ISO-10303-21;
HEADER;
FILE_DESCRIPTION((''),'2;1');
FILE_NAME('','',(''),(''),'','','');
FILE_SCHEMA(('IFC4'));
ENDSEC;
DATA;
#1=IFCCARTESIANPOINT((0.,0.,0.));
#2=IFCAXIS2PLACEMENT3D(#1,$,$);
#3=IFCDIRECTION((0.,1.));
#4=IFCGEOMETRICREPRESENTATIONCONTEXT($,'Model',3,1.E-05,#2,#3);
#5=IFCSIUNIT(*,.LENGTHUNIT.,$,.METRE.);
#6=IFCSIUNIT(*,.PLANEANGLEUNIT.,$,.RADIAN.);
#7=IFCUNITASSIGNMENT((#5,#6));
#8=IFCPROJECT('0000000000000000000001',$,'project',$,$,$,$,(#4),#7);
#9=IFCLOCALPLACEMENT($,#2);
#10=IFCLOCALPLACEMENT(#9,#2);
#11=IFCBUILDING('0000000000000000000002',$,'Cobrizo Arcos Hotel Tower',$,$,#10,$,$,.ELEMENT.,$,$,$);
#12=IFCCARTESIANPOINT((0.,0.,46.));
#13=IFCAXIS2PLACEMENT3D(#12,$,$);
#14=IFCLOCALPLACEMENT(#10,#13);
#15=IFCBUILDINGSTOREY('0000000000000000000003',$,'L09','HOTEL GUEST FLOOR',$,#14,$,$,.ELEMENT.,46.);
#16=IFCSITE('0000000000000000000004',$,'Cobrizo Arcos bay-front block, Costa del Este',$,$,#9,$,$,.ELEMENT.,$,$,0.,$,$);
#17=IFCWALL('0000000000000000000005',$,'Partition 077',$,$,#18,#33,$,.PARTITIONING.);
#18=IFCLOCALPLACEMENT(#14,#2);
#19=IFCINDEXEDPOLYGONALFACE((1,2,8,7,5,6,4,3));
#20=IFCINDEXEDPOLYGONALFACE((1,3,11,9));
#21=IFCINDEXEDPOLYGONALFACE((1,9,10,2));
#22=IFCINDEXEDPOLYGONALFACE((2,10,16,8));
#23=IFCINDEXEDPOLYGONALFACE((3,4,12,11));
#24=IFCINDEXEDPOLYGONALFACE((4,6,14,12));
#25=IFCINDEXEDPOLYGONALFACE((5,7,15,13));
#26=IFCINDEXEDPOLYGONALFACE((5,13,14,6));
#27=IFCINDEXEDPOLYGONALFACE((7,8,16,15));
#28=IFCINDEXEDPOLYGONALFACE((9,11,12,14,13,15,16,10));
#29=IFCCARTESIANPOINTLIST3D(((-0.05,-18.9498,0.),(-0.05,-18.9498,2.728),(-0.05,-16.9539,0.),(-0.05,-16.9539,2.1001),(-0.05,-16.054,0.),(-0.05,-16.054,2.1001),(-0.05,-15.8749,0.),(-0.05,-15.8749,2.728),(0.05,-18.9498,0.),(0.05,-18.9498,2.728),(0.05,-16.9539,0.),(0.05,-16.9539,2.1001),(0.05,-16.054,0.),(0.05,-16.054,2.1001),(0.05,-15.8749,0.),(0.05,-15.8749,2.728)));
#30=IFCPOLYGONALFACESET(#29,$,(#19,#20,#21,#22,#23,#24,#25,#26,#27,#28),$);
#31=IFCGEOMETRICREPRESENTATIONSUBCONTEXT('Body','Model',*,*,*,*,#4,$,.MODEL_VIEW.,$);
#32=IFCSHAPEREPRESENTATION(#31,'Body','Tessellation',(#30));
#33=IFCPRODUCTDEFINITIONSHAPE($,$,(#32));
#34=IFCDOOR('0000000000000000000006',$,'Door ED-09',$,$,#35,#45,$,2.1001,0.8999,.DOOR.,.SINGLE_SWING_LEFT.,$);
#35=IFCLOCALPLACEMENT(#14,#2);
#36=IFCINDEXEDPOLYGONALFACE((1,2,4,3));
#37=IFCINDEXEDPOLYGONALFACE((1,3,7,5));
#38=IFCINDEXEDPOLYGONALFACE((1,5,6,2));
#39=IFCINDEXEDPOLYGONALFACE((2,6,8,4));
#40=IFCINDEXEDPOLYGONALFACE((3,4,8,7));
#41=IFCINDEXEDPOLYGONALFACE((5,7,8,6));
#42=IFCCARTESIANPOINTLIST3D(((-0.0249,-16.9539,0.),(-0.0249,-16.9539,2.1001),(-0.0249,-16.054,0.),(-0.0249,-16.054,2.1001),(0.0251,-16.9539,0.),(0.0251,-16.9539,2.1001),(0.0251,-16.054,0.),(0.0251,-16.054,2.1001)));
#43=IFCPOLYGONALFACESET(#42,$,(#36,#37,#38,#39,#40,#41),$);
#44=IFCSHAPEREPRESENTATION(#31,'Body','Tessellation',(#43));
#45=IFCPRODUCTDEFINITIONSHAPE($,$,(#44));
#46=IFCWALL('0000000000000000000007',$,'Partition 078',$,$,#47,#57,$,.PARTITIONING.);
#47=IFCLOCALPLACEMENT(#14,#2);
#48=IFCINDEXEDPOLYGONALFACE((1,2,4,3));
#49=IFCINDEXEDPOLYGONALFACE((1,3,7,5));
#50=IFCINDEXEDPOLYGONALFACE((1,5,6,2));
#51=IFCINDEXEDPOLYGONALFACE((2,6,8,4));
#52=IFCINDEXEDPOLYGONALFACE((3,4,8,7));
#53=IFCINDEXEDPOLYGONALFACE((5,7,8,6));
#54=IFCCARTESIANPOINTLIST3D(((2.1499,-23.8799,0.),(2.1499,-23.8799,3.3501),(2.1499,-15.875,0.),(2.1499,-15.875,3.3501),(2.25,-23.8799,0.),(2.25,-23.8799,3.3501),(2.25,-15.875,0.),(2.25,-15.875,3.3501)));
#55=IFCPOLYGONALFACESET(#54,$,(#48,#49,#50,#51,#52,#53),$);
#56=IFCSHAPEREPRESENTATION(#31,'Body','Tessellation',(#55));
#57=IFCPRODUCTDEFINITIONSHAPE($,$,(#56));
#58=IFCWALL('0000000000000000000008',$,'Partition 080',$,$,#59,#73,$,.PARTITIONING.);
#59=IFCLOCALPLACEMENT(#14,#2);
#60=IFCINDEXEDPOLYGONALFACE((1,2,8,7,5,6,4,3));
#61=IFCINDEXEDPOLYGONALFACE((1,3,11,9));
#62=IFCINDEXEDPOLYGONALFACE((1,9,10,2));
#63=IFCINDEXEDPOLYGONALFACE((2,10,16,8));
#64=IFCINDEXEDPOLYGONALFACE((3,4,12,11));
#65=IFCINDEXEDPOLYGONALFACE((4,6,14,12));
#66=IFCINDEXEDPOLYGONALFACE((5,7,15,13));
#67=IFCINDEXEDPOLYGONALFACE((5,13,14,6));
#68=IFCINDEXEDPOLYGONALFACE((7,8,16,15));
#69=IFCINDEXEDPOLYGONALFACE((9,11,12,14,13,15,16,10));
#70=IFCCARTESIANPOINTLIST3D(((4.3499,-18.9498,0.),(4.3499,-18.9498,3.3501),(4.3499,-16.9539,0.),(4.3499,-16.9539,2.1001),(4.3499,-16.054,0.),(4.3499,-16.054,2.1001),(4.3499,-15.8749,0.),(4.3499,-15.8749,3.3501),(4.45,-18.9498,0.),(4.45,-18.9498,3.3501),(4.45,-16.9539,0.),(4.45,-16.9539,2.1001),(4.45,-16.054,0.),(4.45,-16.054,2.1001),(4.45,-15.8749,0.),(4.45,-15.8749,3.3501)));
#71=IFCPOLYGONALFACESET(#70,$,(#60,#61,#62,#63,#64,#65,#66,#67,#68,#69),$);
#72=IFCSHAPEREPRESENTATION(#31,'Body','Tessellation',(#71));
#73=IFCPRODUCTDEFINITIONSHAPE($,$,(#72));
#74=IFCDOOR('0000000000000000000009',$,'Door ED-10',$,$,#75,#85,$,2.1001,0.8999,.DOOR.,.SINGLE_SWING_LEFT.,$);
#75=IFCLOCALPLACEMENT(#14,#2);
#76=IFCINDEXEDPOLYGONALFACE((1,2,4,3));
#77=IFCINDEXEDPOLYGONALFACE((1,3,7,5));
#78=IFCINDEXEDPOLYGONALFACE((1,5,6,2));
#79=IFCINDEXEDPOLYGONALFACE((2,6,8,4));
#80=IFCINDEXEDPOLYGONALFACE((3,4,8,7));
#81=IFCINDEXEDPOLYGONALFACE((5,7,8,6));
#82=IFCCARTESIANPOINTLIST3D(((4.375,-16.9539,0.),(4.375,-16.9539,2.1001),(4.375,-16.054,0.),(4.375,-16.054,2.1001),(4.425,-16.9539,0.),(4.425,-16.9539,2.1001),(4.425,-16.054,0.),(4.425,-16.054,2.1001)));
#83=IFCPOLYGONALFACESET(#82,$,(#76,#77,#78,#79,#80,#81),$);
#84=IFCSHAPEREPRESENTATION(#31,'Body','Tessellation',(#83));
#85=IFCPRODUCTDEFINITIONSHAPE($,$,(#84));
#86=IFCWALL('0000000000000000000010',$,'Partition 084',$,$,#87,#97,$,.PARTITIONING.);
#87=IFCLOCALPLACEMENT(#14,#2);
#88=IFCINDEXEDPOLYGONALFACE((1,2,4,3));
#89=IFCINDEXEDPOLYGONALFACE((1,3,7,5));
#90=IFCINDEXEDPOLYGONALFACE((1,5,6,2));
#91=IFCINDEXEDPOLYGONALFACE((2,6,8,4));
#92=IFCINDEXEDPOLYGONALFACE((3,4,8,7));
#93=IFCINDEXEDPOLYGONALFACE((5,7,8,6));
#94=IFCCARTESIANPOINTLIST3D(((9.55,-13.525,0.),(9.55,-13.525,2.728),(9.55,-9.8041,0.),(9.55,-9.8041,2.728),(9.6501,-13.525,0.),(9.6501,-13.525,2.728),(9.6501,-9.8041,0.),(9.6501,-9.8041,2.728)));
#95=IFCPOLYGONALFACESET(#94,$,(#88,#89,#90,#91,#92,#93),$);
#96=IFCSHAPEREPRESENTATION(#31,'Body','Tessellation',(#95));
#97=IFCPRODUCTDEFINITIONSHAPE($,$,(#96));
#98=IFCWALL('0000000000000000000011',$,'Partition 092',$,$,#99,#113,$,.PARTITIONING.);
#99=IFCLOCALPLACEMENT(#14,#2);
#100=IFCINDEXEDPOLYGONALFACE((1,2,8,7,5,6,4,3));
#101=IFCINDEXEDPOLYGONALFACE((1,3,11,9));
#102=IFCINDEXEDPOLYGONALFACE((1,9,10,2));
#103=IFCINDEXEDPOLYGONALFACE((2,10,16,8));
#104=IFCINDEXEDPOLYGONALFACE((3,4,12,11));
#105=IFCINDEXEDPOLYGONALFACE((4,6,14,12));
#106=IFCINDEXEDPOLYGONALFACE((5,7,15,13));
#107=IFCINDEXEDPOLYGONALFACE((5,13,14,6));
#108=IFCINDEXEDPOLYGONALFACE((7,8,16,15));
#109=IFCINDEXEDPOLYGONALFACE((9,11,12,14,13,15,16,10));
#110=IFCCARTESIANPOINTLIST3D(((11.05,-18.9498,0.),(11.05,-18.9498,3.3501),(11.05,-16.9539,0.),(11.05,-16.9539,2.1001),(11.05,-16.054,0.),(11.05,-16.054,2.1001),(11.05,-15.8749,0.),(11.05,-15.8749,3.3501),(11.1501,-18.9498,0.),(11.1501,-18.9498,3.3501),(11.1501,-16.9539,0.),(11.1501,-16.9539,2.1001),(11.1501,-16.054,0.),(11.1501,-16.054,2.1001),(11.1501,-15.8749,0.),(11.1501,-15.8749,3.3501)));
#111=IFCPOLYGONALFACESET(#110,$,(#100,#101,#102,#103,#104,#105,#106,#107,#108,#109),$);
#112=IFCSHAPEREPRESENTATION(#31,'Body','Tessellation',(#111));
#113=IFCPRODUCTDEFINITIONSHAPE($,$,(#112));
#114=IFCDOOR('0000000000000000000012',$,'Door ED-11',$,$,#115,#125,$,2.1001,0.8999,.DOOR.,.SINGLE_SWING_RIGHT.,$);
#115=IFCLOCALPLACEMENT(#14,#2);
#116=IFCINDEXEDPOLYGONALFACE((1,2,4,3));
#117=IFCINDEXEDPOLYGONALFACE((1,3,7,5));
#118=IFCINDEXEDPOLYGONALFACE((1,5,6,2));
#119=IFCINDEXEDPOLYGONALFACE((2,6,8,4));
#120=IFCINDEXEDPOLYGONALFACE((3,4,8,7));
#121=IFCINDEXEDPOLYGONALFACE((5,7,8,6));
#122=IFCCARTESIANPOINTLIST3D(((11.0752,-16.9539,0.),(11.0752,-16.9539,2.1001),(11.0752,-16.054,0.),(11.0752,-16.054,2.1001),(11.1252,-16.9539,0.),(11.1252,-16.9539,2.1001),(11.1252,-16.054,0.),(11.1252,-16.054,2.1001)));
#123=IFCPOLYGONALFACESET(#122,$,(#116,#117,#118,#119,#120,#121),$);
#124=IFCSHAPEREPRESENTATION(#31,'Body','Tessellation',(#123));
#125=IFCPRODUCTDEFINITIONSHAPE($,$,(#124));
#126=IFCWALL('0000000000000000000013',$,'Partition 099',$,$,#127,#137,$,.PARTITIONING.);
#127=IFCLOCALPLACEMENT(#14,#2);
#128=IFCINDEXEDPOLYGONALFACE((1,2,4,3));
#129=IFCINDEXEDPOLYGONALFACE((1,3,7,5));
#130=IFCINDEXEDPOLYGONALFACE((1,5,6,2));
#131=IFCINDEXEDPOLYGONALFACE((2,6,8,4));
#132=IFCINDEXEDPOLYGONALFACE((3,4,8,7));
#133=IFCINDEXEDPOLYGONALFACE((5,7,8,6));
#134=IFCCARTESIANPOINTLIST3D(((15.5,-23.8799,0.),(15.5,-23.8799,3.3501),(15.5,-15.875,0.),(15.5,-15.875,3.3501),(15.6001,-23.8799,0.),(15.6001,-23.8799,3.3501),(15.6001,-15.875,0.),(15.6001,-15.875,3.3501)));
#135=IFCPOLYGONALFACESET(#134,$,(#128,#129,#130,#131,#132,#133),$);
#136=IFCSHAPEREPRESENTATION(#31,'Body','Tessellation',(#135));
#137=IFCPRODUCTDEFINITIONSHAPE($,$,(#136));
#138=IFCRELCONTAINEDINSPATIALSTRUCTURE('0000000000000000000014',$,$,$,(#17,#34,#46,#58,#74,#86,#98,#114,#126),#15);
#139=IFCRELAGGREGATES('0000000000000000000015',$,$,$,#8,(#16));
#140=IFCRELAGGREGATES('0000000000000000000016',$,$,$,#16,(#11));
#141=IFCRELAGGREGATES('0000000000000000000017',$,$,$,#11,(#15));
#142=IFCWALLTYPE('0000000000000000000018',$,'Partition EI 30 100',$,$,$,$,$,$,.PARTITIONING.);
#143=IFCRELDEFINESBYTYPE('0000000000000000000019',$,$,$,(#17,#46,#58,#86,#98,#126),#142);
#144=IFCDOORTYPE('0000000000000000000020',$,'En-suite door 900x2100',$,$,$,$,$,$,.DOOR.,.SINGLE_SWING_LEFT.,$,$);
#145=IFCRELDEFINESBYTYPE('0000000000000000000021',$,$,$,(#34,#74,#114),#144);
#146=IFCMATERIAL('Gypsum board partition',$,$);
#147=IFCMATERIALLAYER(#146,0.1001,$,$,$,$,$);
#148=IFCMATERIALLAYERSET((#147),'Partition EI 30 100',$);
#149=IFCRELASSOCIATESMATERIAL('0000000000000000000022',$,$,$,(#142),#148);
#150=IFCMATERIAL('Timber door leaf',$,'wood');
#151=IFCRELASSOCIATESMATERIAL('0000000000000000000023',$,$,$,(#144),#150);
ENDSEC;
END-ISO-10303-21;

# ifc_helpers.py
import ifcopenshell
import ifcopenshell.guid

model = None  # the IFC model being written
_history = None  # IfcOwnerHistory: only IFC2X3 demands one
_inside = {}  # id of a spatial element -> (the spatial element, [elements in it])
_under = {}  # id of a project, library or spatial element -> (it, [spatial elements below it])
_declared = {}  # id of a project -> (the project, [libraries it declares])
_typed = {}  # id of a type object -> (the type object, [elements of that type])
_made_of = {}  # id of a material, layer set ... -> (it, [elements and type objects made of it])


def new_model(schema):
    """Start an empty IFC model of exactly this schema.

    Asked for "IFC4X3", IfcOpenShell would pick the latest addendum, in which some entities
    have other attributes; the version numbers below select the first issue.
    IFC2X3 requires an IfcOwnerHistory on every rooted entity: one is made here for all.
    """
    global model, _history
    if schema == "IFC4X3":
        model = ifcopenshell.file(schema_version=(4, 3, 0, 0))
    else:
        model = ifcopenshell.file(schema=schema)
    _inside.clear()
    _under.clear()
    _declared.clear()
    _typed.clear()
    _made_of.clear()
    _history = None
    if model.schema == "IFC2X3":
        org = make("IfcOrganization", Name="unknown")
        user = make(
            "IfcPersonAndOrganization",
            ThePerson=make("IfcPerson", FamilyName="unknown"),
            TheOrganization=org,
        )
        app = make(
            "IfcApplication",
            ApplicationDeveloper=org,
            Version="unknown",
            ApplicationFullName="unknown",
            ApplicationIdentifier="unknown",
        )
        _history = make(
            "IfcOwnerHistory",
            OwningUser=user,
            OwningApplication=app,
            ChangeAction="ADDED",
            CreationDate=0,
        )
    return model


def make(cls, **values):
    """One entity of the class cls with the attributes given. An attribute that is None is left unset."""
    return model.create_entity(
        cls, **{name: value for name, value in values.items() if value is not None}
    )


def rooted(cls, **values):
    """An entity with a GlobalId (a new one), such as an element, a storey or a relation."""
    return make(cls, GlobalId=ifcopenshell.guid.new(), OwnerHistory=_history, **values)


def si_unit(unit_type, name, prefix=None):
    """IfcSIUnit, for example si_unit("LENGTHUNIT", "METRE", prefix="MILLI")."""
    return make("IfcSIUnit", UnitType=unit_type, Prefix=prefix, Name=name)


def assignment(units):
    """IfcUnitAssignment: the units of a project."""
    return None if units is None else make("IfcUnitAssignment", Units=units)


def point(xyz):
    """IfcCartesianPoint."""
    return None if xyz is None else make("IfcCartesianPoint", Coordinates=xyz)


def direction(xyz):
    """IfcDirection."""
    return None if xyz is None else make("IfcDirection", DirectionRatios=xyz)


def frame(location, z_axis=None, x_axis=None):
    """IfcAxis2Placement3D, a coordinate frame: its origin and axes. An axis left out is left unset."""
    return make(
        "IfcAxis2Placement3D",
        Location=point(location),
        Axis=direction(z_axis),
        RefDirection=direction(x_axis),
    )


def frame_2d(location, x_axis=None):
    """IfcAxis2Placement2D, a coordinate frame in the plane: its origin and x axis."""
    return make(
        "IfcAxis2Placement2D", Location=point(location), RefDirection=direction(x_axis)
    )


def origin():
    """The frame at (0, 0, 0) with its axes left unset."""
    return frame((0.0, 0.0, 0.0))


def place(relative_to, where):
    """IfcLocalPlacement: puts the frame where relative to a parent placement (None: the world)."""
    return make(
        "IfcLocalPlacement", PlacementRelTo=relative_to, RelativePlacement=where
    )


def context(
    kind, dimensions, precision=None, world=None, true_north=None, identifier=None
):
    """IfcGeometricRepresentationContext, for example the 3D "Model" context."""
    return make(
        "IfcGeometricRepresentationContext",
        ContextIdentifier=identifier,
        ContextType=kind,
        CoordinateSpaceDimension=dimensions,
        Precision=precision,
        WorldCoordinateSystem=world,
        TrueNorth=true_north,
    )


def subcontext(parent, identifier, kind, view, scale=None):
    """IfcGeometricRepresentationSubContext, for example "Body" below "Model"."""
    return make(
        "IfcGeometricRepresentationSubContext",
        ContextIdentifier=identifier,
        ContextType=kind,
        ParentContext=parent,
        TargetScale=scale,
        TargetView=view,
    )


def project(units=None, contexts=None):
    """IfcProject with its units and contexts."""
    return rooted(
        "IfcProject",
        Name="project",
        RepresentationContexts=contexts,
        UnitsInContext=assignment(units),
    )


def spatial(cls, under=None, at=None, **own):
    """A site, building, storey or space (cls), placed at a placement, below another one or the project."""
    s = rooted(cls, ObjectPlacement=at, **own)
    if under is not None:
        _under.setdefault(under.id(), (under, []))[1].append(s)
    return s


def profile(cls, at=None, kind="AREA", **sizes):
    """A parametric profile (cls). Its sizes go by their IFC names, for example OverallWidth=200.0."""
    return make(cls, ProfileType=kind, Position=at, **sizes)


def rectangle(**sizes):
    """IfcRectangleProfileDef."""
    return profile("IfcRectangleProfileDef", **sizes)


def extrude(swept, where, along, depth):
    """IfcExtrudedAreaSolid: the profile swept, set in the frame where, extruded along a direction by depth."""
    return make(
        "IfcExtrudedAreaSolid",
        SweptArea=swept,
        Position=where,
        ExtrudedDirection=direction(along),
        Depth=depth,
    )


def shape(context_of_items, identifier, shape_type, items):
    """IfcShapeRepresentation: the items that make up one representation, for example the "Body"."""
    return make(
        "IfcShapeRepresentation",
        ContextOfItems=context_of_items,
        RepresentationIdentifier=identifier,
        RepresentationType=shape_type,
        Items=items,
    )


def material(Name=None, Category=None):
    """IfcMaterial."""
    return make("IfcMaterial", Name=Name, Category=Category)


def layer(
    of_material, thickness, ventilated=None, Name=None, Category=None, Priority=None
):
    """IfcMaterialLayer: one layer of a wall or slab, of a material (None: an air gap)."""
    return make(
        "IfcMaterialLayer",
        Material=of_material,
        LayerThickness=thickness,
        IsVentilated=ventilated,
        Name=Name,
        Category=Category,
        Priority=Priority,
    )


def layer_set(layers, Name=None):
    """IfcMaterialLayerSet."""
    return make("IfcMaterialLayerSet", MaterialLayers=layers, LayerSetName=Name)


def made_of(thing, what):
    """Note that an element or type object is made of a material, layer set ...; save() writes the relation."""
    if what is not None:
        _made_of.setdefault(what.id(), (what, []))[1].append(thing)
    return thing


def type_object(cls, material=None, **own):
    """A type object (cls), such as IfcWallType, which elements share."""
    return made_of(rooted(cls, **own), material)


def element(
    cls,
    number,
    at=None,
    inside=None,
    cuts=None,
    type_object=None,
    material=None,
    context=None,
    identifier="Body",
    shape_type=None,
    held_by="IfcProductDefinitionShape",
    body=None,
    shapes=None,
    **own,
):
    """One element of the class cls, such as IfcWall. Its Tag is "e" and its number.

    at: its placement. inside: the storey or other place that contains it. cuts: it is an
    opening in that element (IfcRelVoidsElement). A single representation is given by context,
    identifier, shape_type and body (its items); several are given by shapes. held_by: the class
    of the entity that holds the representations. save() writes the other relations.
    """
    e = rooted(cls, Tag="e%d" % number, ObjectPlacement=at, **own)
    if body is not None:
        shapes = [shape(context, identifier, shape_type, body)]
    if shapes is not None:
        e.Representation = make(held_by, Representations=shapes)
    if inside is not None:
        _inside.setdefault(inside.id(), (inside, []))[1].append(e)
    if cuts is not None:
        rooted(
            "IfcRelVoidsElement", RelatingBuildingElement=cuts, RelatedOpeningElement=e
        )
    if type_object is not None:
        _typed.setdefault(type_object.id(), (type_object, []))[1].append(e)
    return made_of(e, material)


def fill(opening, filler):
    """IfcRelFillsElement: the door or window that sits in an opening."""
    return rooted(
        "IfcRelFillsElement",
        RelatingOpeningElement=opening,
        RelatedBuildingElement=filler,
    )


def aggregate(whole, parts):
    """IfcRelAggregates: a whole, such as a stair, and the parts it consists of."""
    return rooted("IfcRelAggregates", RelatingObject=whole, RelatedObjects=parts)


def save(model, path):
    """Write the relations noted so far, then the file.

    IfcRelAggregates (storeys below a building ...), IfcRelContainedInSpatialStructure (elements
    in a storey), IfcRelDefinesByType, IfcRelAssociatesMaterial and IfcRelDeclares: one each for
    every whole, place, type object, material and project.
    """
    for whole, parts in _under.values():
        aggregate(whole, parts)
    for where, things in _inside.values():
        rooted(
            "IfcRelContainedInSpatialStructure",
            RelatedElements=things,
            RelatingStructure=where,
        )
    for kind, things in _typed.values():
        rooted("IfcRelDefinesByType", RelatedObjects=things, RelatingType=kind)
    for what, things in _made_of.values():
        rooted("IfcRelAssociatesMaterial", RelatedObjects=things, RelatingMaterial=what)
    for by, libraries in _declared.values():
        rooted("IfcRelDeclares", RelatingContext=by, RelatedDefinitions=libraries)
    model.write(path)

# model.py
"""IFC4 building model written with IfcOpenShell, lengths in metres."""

from ifc_helpers import new_model, si_unit, direction, frame, frame_2d, origin, place, context, subcontext, project, spatial, rectangle, extrude, material, layer, layer_set, type_object, element, fill, save


model = new_model("IFC4")

# Units and contexts
model_context = context("Model", 3, precision=1e-05, world=origin(), true_north=direction((0.0, 1.0)))
body_context = subcontext(model_context, "Body", "Model", "MODEL_VIEW")
ifc_project = project(units=[si_unit("LENGTHUNIT", "METRE"), si_unit("PLANEANGLEUNIT", "RADIAN")], contexts=[model_context])

# Site, building, storey
site_placement = place(None, origin())
site = spatial("IfcSite", under=ifc_project, at=site_placement, Name="Cobrizo Arcos bay-front block, Costa del Este", CompositionType="ELEMENT", RefElevation=0.0)
building_placement = place(site_placement, origin())
building = spatial("IfcBuilding", under=site, at=building_placement, Name="Cobrizo Arcos Hotel Tower", CompositionType="ELEMENT")
storey_placement = place(building_placement, frame((0.0, 0.0, 46.0)))
storey = spatial("IfcBuildingStorey", under=building, at=storey_placement, Name="L09", Description="HOTEL GUEST FLOOR", CompositionType="ELEMENT", Elevation=46.0)

# Shared definitions
ifc_material_1 = material(Name="Gypsum board partition")
ifc_material_2 = material(Name="Timber door leaf", Category="wood")

# Shared definitions
ifc_layer_1 = layer(ifc_material_1, 0.1001)
ifc_layer_set_1 = layer_set([ifc_layer_1], Name="Partition EI 30 100")
wall_type_1 = type_object("IfcWallType", Name="Partition EI 30 100", PredefinedType="PARTITIONING", material=ifc_layer_set_1)

# Wall, opening, door
wall_1_placement = place(storey_placement, frame((0.0, -18.95, 0.0), z_axis=(0.0, 0.0, 1.0), x_axis=(0.0, 1.0, 0.0)))
wall_1 = element("IfcWall", 1, at=wall_1_placement, inside=storey, type_object=wall_type_1, Name="Partition 077", PredefinedType="PARTITIONING", context=body_context, shape_type="SweptSolid", body=[
    extrude(rectangle(XDim=3.075, YDim=0.1001, at=frame_2d((1.5376, 0.0))), origin(), (0.0, 0.0, 1.0), 2.728),
])
opening_1_placement = place(wall_1_placement, frame((1.9961, 0.0, 0.0)))
opening_1 = element("IfcOpeningElement", 2, at=opening_1_placement, cuts=wall_1, PredefinedType="OPENING", context=body_context, shape_type="SweptSolid", body=[
    extrude(rectangle(XDim=0.8999, YDim=2.1001, at=frame_2d((0.45, 1.05))), frame((0.0, 0.062, 0.0), z_axis=(0.0, -1.0, 0.0), x_axis=(1.0, 0.0, 0.0)), (0.0, 0.0, 1.0), 0.124),
])
door_type_1 = type_object("IfcDoorType", Name="En-suite door 900x2100", OperationType="SINGLE_SWING_LEFT", PredefinedType="DOOR", material=ifc_material_2)
door_1_placement = place(opening_1_placement, origin())
door_1 = element("IfcDoor", 3, at=door_1_placement, inside=storey, type_object=door_type_1, Name="Door ED-09", OperationType="SINGLE_SWING_LEFT", OverallHeight=2.1001, OverallWidth=0.8999, PredefinedType="DOOR", context=body_context, shape_type="SweptSolid", body=[
    extrude(rectangle(XDim=0.8999, YDim=2.1001, at=frame_2d((0.45, 1.05))), frame((0.0, 0.0249, 0.0), z_axis=(0.0, -1.0, 0.0), x_axis=(1.0, 0.0, 0.0)), (0.0, 0.0, 1.0), 0.05),
])
fill(opening_1, door_1)

# Wall
wall_2_placement = place(storey_placement, frame((2.2, -23.8799, 0.0), z_axis=(0.0, 0.0, 1.0), x_axis=(0.0, 1.0, 0.0)))
element("IfcWall", 4, at=wall_2_placement, inside=storey, type_object=wall_type_1, Name="Partition 078", PredefinedType="PARTITIONING", context=body_context, shape_type="SweptSolid", body=[
    extrude(rectangle(XDim=8.0049, YDim=0.1001, at=frame_2d((4.0024, 0.0))), origin(), (0.0, 0.0, 1.0), 3.3501),
])

# Wall, opening, door
wall_3_placement = place(storey_placement, frame((4.3999, -18.95, 0.0), z_axis=(0.0, 0.0, 1.0), x_axis=(0.0, 1.0, 0.0)))
wall_3 = element("IfcWall", 5, at=wall_3_placement, inside=storey, type_object=wall_type_1, Name="Partition 080", PredefinedType="PARTITIONING", context=body_context, shape_type="SweptSolid", body=[
    extrude(rectangle(XDim=3.075, YDim=0.1001, at=frame_2d((1.5376, 0.0))), origin(), (0.0, 0.0, 1.0), 3.3501),
])
opening_2_placement = place(wall_3_placement, frame((1.9961, 0.0, 0.0)))
opening_2 = element("IfcOpeningElement", 6, at=opening_2_placement, cuts=wall_3, PredefinedType="OPENING", context=body_context, shape_type="SweptSolid", body=[
    extrude(rectangle(XDim=0.8999, YDim=2.1001, at=frame_2d((0.45, 1.05))), frame((0.0, 0.062, 0.0), z_axis=(0.0, -1.0, 0.0), x_axis=(1.0, 0.0, 0.0)), (0.0, 0.0, 1.0), 0.124),
])
door_2_placement = place(opening_2_placement, origin())
door_2 = element("IfcDoor", 7, at=door_2_placement, inside=storey, type_object=door_type_1, Name="Door ED-10", OperationType="SINGLE_SWING_LEFT", OverallHeight=2.1001, OverallWidth=0.8999, PredefinedType="DOOR", context=body_context, shape_type="SweptSolid", body=[
    extrude(rectangle(XDim=0.8999, YDim=2.1001, at=frame_2d((0.45, 1.05))), frame((0.0, 0.0249, 0.0), z_axis=(0.0, -1.0, 0.0), x_axis=(1.0, 0.0, 0.0)), (0.0, 0.0, 1.0), 0.05),
])
fill(opening_2, door_2)

# Wall
wall_4_placement = place(storey_placement, frame((9.6001, -13.5249, 0.0), z_axis=(0.0, 0.0, 1.0), x_axis=(0.0, 1.0, 0.0)))
element("IfcWall", 8, at=wall_4_placement, inside=storey, type_object=wall_type_1, Name="Partition 084", PredefinedType="PARTITIONING", context=body_context, shape_type="SweptSolid", body=[
    extrude(rectangle(XDim=3.7209, YDim=0.1001, at=frame_2d((1.8604, 0.0))), origin(), (0.0, 0.0, 1.0), 2.728),
])

# Wall, opening, door
wall_5_placement = place(storey_placement, frame((11.1001, -18.95, 0.0), z_axis=(0.0, 0.0, 1.0), x_axis=(0.0, 1.0, 0.0)))
wall_5 = element("IfcWall", 9, at=wall_5_placement, inside=storey, type_object=wall_type_1, Name="Partition 092", PredefinedType="PARTITIONING", context=body_context, shape_type="SweptSolid", body=[
    extrude(rectangle(XDim=3.075, YDim=0.1001, at=frame_2d((1.5376, 0.0))), origin(), (0.0, 0.0, 1.0), 3.3501),
])
opening_3_placement = place(wall_5_placement, frame((1.9961, 0.0, 0.0)))
opening_3 = element("IfcOpeningElement", 10, at=opening_3_placement, cuts=wall_5, PredefinedType="OPENING", context=body_context, shape_type="SweptSolid", body=[
    extrude(rectangle(XDim=0.8999, YDim=2.1001, at=frame_2d((0.45, 1.05))), frame((0.0, 0.062, 0.0), z_axis=(0.0, -1.0, 0.0), x_axis=(1.0, 0.0, 0.0)), (0.0, 0.0, 1.0), 0.124),
])
door_3_placement = place(opening_3_placement, origin())
door_3 = element("IfcDoor", 11, at=door_3_placement, inside=storey, type_object=door_type_1, Name="Door ED-11", OperationType="SINGLE_SWING_RIGHT", OverallHeight=2.1001, OverallWidth=0.8999, PredefinedType="DOOR", context=body_context, shape_type="SweptSolid", body=[
    extrude(rectangle(XDim=0.8999, YDim=2.1001, at=frame_2d((0.45, 1.05))), frame((0.0, 0.0249, 0.0), z_axis=(0.0, -1.0, 0.0), x_axis=(1.0, 0.0, 0.0)), (0.0, 0.0, 1.0), 0.05),
])
fill(opening_3, door_3)

# Wall
wall_6_placement = place(storey_placement, frame((15.55, -23.8799, 0.0), z_axis=(0.0, 0.0, 1.0), x_axis=(0.0, 1.0, 0.0)))
element("IfcWall", 12, at=wall_6_placement, inside=storey, type_object=wall_type_1, Name="Partition 099", PredefinedType="PARTITIONING", context=body_context, shape_type="SweptSolid", body=[
    extrude(rectangle(XDim=8.0049, YDim=0.1001, at=frame_2d((4.0024, 0.0))), origin(), (0.0, 0.0, 1.0), 3.3501),
])

save(model, "model.ifc")
